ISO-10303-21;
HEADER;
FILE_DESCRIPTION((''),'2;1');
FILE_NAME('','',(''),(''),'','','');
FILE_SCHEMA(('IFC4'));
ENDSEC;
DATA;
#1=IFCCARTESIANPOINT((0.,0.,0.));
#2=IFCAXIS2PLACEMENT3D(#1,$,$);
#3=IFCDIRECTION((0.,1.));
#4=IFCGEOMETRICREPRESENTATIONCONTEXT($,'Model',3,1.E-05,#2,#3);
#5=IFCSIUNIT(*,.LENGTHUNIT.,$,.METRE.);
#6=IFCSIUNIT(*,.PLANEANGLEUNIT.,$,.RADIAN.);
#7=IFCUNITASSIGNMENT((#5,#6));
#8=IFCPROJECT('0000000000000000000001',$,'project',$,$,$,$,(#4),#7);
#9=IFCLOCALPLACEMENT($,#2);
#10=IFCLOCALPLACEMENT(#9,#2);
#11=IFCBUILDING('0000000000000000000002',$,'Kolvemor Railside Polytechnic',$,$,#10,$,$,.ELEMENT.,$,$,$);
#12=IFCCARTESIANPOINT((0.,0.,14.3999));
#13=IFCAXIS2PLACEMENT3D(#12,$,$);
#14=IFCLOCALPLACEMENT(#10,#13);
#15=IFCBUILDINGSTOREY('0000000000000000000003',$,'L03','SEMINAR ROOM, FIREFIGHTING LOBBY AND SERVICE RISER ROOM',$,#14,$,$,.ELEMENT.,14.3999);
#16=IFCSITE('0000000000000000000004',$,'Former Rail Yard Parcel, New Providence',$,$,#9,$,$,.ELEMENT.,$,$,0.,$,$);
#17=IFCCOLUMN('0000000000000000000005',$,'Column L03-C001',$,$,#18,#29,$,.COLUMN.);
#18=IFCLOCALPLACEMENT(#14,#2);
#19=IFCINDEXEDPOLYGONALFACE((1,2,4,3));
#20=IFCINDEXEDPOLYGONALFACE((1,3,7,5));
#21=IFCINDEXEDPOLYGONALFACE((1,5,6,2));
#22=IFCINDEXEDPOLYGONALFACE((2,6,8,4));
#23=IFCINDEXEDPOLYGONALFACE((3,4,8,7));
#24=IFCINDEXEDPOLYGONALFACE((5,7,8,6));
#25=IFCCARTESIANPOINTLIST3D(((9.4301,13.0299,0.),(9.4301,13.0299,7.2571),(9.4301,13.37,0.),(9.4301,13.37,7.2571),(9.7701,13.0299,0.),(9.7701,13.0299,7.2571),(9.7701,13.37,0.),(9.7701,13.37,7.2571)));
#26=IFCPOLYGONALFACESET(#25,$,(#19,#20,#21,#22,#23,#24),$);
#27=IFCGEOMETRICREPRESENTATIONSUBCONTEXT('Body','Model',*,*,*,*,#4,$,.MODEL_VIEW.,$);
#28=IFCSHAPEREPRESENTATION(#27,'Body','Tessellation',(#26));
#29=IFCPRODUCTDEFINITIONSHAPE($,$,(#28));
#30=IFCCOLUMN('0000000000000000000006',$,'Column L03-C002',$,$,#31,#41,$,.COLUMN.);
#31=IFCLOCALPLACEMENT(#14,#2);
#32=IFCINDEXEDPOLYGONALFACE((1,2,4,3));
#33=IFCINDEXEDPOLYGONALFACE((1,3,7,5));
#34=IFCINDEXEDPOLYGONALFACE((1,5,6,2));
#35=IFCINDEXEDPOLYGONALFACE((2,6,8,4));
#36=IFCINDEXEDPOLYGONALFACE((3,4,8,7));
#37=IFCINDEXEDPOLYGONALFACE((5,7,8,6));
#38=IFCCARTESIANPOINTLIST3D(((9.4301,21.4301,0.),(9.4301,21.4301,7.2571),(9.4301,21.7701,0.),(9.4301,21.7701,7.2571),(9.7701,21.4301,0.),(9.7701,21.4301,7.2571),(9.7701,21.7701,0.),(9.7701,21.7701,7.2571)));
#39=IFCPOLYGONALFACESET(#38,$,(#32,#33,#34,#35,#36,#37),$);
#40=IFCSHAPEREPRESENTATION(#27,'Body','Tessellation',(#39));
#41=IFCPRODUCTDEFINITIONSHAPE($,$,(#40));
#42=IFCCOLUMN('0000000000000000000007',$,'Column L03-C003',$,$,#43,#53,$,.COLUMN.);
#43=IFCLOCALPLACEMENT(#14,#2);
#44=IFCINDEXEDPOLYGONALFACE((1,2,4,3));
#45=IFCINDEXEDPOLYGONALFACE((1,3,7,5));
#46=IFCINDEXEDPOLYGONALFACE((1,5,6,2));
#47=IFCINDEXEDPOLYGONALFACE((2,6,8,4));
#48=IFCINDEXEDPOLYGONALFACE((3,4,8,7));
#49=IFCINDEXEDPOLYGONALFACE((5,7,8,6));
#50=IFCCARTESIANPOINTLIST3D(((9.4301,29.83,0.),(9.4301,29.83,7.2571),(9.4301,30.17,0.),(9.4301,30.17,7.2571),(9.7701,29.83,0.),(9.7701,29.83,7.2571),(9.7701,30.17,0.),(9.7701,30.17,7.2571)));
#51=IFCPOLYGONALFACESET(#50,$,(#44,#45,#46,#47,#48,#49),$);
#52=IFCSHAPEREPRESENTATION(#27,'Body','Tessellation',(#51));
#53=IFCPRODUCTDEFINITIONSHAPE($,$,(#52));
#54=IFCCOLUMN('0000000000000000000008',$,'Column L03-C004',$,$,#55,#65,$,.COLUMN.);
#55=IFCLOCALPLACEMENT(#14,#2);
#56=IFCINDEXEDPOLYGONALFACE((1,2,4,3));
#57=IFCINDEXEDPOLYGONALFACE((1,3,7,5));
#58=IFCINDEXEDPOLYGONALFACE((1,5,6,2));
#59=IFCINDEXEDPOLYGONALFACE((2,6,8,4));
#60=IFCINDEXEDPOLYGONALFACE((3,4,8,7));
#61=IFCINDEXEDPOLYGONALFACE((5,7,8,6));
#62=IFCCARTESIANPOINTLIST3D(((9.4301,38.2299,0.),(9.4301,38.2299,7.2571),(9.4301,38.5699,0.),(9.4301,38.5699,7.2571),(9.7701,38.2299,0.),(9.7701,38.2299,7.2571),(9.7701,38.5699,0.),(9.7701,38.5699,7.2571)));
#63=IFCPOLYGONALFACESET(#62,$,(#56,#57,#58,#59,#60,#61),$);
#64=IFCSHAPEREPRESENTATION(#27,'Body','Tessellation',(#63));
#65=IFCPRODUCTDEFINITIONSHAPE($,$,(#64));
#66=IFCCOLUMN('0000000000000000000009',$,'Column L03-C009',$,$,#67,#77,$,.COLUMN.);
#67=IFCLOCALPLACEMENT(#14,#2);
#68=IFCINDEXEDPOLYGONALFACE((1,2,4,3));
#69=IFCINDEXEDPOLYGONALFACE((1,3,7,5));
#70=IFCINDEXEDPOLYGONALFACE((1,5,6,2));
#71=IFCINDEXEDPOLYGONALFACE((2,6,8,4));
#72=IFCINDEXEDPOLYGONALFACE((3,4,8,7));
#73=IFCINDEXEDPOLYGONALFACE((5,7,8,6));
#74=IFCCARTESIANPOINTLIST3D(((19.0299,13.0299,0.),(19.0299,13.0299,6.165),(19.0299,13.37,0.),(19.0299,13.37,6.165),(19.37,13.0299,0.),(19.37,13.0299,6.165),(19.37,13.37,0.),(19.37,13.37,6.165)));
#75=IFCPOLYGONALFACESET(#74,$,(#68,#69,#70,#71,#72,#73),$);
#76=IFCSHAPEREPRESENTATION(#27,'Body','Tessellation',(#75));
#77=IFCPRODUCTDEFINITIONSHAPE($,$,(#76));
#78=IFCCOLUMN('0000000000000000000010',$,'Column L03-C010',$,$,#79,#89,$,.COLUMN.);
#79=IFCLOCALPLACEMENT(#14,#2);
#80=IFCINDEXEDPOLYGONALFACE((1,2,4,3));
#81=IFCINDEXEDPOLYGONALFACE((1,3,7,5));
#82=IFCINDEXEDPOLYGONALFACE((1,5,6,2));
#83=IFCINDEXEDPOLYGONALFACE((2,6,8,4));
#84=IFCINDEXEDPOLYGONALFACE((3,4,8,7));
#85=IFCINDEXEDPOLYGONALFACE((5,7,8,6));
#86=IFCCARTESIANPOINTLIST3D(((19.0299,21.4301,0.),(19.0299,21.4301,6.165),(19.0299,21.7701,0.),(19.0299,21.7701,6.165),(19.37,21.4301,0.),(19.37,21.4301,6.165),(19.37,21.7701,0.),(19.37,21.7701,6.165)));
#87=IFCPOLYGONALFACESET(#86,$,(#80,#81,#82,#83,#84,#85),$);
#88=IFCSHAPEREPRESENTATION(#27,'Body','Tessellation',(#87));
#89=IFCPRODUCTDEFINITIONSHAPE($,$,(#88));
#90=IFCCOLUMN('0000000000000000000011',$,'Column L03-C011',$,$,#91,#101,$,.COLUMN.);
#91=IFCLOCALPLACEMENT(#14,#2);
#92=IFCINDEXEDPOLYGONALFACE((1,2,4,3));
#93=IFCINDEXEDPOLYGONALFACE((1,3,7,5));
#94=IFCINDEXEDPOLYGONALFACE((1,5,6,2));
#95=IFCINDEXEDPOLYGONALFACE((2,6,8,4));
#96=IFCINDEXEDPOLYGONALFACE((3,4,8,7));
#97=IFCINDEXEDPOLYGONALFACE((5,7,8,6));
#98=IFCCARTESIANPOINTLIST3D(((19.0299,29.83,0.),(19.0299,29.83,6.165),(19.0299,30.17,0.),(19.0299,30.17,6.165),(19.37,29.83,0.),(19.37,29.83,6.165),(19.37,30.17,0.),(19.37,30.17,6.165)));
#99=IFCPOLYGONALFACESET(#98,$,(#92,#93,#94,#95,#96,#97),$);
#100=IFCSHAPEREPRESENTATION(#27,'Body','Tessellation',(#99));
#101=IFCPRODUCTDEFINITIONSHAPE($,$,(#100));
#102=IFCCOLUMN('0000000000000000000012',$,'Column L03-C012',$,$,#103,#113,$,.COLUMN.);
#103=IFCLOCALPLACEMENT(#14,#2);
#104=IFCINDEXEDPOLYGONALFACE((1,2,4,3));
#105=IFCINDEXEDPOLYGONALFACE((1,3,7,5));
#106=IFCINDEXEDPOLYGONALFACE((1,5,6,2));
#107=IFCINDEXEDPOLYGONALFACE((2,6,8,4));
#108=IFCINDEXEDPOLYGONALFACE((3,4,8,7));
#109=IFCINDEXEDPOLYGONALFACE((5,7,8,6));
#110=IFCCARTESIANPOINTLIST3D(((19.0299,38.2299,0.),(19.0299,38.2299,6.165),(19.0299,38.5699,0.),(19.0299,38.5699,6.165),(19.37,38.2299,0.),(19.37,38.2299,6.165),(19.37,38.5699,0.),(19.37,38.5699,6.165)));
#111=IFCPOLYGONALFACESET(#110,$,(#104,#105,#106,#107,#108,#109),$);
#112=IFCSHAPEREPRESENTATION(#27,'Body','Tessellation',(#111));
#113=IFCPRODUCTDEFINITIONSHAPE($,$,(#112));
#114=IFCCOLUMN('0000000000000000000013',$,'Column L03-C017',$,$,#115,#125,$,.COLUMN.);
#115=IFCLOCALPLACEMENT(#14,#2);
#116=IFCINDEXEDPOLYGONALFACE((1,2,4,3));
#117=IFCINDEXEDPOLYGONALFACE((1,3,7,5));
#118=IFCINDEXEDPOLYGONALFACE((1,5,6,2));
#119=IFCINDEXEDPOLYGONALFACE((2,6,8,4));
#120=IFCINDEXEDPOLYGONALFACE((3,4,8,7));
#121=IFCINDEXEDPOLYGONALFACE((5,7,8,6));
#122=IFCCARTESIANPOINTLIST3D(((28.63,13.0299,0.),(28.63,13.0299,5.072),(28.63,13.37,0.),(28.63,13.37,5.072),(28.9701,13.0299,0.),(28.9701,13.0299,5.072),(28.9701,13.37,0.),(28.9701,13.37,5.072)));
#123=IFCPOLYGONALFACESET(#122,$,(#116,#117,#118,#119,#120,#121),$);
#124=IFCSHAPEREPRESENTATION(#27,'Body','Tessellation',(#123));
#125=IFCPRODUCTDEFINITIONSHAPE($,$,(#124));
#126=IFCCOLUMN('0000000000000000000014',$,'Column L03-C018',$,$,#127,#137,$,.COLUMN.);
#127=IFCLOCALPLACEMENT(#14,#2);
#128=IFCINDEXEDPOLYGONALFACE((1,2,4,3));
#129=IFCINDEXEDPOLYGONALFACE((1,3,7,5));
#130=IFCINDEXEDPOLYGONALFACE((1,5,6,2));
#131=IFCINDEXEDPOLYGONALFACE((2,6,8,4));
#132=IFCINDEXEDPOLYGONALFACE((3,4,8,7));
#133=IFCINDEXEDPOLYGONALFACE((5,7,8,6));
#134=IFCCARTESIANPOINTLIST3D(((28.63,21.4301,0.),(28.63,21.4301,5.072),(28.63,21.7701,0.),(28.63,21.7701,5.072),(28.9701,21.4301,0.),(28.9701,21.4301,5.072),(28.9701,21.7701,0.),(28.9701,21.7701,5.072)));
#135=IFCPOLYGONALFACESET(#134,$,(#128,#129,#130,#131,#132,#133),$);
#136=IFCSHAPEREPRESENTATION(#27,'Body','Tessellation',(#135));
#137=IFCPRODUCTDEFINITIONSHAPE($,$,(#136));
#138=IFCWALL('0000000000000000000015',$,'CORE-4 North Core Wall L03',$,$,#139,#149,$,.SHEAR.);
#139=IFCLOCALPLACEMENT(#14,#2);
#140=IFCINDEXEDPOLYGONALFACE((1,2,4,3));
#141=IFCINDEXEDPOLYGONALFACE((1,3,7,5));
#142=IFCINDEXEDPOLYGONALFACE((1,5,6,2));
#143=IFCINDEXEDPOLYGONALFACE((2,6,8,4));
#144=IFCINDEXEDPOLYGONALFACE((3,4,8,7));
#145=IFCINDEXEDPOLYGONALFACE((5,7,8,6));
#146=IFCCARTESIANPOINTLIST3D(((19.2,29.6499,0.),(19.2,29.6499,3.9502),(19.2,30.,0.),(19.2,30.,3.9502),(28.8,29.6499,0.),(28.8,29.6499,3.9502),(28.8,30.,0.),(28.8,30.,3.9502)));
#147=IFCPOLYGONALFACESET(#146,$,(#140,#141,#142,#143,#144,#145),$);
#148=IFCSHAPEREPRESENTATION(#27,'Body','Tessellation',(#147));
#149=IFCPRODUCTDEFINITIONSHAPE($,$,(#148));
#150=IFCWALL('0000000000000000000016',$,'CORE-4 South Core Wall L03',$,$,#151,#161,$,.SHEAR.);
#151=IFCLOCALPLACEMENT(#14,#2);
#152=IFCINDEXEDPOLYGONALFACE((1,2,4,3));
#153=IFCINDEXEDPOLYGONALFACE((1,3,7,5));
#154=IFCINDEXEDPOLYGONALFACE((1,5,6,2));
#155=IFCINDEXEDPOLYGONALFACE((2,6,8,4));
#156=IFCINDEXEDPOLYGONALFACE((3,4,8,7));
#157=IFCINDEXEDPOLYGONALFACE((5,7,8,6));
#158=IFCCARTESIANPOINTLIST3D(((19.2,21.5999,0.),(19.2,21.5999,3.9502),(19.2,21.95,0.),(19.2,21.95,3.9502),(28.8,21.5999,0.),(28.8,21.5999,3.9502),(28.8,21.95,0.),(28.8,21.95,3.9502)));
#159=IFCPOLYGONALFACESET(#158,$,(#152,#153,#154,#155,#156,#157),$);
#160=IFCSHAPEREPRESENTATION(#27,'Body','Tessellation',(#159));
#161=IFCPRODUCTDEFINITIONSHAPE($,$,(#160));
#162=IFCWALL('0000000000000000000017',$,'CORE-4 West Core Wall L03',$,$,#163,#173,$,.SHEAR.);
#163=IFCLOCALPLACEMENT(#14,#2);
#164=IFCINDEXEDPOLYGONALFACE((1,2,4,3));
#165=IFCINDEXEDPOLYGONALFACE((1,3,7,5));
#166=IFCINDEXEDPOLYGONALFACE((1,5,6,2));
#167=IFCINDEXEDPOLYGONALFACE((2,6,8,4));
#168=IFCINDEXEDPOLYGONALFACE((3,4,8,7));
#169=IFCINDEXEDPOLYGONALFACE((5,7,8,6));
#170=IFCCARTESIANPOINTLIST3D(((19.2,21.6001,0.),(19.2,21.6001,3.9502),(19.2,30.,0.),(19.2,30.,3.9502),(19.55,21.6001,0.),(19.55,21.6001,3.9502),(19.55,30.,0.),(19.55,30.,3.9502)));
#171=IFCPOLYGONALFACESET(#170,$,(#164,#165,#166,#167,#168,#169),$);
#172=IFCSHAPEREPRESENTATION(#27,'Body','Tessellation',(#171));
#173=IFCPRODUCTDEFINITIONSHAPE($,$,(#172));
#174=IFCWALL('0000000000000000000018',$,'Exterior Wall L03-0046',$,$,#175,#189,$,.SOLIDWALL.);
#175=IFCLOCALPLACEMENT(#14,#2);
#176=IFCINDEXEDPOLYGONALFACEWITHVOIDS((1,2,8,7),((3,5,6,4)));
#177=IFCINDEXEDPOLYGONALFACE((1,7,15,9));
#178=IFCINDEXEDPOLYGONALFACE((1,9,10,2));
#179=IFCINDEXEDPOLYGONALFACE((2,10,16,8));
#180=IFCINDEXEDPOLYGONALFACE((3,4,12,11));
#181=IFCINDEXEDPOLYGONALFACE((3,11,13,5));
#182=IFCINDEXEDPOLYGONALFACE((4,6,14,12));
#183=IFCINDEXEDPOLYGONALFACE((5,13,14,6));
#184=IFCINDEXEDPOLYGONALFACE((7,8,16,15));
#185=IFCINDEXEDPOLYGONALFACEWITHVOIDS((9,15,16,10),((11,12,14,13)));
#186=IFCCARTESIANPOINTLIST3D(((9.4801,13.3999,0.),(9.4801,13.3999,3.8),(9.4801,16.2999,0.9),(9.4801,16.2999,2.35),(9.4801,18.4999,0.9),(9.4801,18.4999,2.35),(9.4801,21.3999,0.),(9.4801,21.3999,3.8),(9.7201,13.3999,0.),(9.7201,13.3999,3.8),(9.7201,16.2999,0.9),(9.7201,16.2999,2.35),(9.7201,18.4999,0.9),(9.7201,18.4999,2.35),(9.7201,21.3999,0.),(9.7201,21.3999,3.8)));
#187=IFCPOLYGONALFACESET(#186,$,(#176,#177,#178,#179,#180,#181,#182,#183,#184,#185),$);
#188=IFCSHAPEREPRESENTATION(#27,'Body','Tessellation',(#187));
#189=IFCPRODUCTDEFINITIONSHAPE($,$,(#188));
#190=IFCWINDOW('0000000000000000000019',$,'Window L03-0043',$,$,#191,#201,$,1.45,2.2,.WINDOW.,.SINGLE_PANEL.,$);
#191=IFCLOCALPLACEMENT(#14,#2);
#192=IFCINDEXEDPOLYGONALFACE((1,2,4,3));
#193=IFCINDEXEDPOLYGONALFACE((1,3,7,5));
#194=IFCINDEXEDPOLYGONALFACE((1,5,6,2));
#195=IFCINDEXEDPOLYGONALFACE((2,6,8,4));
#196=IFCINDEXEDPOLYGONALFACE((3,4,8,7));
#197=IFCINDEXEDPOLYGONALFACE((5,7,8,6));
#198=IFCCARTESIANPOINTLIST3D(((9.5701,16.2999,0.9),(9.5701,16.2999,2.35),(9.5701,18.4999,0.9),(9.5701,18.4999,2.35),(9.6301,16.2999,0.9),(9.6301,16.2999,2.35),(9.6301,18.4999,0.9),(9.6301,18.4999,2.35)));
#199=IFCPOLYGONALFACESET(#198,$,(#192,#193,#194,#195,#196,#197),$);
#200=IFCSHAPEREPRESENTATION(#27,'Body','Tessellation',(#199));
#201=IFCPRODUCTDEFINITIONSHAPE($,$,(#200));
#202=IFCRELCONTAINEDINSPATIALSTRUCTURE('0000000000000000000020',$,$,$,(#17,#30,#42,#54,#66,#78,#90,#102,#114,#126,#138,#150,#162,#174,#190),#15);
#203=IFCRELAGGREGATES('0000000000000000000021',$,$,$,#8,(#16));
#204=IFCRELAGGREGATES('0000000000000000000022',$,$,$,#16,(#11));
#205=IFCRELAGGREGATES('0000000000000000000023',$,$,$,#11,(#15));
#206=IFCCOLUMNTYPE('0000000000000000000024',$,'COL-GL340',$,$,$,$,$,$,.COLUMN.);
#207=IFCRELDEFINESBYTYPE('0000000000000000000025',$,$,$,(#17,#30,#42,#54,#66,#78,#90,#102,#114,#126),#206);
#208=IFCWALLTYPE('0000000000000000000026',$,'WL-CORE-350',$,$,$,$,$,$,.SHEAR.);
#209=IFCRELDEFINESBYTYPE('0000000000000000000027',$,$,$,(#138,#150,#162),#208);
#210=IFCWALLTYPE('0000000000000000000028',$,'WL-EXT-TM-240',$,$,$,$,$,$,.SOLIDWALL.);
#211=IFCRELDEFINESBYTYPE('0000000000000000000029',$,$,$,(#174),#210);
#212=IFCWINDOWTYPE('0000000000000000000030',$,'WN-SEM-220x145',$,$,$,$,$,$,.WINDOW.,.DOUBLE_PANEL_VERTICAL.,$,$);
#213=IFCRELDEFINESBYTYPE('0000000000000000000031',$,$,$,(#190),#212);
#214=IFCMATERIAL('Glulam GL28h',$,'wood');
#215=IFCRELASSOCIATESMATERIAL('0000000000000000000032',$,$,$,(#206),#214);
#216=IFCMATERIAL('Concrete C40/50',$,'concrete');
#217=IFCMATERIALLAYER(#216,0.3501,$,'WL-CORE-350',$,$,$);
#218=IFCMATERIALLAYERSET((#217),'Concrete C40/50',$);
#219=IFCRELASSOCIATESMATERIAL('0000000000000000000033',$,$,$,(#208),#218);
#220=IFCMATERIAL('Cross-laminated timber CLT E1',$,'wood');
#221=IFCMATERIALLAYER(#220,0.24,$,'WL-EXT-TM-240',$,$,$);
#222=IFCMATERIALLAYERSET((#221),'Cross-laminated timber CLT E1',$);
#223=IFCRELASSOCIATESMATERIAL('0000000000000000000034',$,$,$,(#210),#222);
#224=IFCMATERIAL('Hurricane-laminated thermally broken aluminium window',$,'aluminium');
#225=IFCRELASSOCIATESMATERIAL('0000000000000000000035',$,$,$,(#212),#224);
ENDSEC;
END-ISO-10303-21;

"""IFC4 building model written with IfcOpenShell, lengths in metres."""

from ifc_helpers import new_model, si_unit, direction, frame, frame_2d, origin, origin_2d, place, context, subcontext, project, spatial, rectangle, extrude, material, layer, layer_set, material_profile, profile_set, type_object, element, fill, save


model = new_model("IFC4")

# Units and contexts
model_context = context("Model", 3, precision=1e-05, world=origin(), true_north=direction((0.0, 1.0)))
body_context = subcontext(model_context, "Body", "Model", "MODEL_VIEW")
ifc_project = project(units=[si_unit("LENGTHUNIT", "METRE"), si_unit("PLANEANGLEUNIT", "RADIAN")], contexts=[model_context])

# Site, building, storey
site_placement = place(None, origin())
site = spatial("IfcSite", under=ifc_project, at=site_placement, Name="Former Rail Yard Parcel, New Providence", CompositionType="ELEMENT", RefElevation=0.0)
building_placement = place(site_placement, origin())
building = spatial("IfcBuilding", under=site, at=building_placement, Name="Kolvemor Railside Polytechnic", CompositionType="ELEMENT")
storey_placement = place(building_placement, frame((0.0, 0.0, 14.3999)))
storey = spatial("IfcBuildingStorey", under=building, at=storey_placement, Name="L03", Description="SEMINAR ROOM, FIREFIGHTING LOBBY AND SERVICE RISER ROOM", CompositionType="ELEMENT", Elevation=14.3999)

# Columns
ifc_material_1 = material(Name="Glulam GL28h", Category="wood")
ifc_material_profile = material_profile(ifc_material_1, rectangle(XDim=0.3401, YDim=0.3401, at=origin_2d()), Name="GL340x340")
ifc_profile_set = profile_set([ifc_material_profile], Name="Glulam GL28h")
column_type = type_object("IfcColumnType", Name="COL-GL340", PredefinedType="COLUMN", material=ifc_profile_set)
for number, where, z_axis, x_axis, name in (
    (1, (9.6001, 13.2, 0.0), (0.0, 0.0, 1.0), (1.0, 0.0, 0.0), "Column L03-C001"),
    (2, (9.6001, 21.6001, 0.0), (0.0, 0.0, 1.0), (1.0, 0.0, 0.0), "Column L03-C002"),
    (3, (9.6001, 30.0, 0.0), (0.0, 0.0, 1.0), (1.0, 0.0, 0.0), "Column L03-C003"),
    (4, (9.6001, 38.3999, 0.0), (0.0, 0.0, 1.0), (1.0, 0.0, 0.0), "Column L03-C004"),
):
    element("IfcColumn", number, at=place(storey_placement, frame(where, z_axis=z_axis, x_axis=x_axis)), inside=storey, type_object=column_type, Name=name, PredefinedType="COLUMN", context=body_context, shape_type="SweptSolid", body=[
        extrude(rectangle(XDim=0.3401, YDim=0.3401, at=origin_2d()), origin(), (0.0, 0.0, 1.0), 7.2571),
    ])
for number, where, z_axis, x_axis, name in (
    (5, (19.2, 13.2, 0.0), (0.0, 0.0, 1.0), (1.0, 0.0, 0.0), "Column L03-C009"),
    (6, (19.2, 21.6001, 0.0), (0.0, 0.0, 1.0), (1.0, 0.0, 0.0), "Column L03-C010"),
    (7, (19.2, 30.0, 0.0), (0.0, 0.0, 1.0), (1.0, 0.0, 0.0), "Column L03-C011"),
    (8, (19.2, 38.3999, 0.0), (0.0, 0.0, 1.0), (1.0, 0.0, 0.0), "Column L03-C012"),
):
    element("IfcColumn", number, at=place(storey_placement, frame(where, z_axis=z_axis, x_axis=x_axis)), inside=storey, type_object=column_type, Name=name, PredefinedType="COLUMN", context=body_context, shape_type="SweptSolid", body=[
        extrude(rectangle(XDim=0.3401, YDim=0.3401, at=origin_2d()), origin(), (0.0, 0.0, 1.0), 6.165),
    ])
for number, where, z_axis, x_axis, name in (
    (9, (28.8, 13.2, 0.0), (0.0, 0.0, 1.0), (1.0, 0.0, 0.0), "Column L03-C017"),
    (10, (28.8, 21.6001, 0.0), (0.0, 0.0, 1.0), (1.0, 0.0, 0.0), "Column L03-C018"),
):
    element("IfcColumn", number, at=place(storey_placement, frame(where, z_axis=z_axis, x_axis=x_axis)), inside=storey, type_object=column_type, Name=name, PredefinedType="COLUMN", context=body_context, shape_type="SweptSolid", body=[
        extrude(rectangle(XDim=0.3401, YDim=0.3401, at=origin_2d()), origin(), (0.0, 0.0, 1.0), 5.072),
    ])

# Walls
ifc_material_2 = material(Name="Concrete C40/50", Category="concrete")
ifc_layer_1 = layer(ifc_material_2, 0.3501, Name="WL-CORE-350")
ifc_layer_set_1 = layer_set([ifc_layer_1], Name="Concrete C40/50")
wall_type_1 = type_object("IfcWallType", Name="WL-CORE-350", PredefinedType="SHEAR", material=ifc_layer_set_1)
for number, where, z_axis, x_axis, name in (
    (11, (19.2, 29.825, 0.0), (0.0, 0.0, 1.0), (1.0, 0.0, 0.0), "CORE-4 North Core Wall L03"),
    (12, (19.2, 21.7749, 0.0), (0.0, 0.0, 1.0), (1.0, 0.0, 0.0), "CORE-4 South Core Wall L03"),
):
    element("IfcWall", number, at=place(storey_placement, frame(where, z_axis=z_axis, x_axis=x_axis)), inside=storey, type_object=wall_type_1, Name=name, PredefinedType="SHEAR", context=body_context, shape_type="SweptSolid", body=[
        extrude(rectangle(XDim=9.6001, YDim=0.3501, at=frame_2d((4.8, 0.0))), origin(), (0.0, 0.0, 1.0), 3.9502),
    ])
wall_1_placement = place(storey_placement, frame((19.375, 21.6001, 0.0), z_axis=(0.0, 0.0, 1.0), x_axis=(0.0, 1.0, 0.0)))
element("IfcWall", 13, at=wall_1_placement, inside=storey, type_object=wall_type_1, Name="CORE-4 West Core Wall L03", PredefinedType="SHEAR", context=body_context, shape_type="SweptSolid", body=[
    extrude(rectangle(XDim=8.3999, YDim=0.3501, at=frame_2d((4.2, 0.0))), origin(), (0.0, 0.0, 1.0), 3.9502),
])

# Wall, opening, window
ifc_material_3 = material(Name="Cross-laminated timber CLT E1", Category="wood")
ifc_layer_2 = layer(ifc_material_3, 0.24, Name="WL-EXT-TM-240")
ifc_layer_set_2 = layer_set([ifc_layer_2], Name="Cross-laminated timber CLT E1")
wall_type_2 = type_object("IfcWallType", Name="WL-EXT-TM-240", PredefinedType="SOLIDWALL", material=ifc_layer_set_2)
wall_2_placement = place(storey_placement, frame((9.6001, 21.3999, 0.0), z_axis=(0.0, 0.0, 1.0), x_axis=(0.0, -1.0, 0.0)))
wall_2 = element("IfcWall", 14, at=wall_2_placement, inside=storey, type_object=wall_type_2, Name="Exterior Wall L03-0046", PredefinedType="SOLIDWALL", context=body_context, shape_type="SweptSolid", body=[
    extrude(rectangle(XDim=8.0, YDim=0.24, at=frame_2d((4.0, 0.0))), origin(), (0.0, 0.0, 1.0), 3.8),
])
opening_1_placement = place(wall_2_placement, frame((2.8999, 0.0, 0.8999)))
opening_1 = element("IfcOpeningElement", 15, at=opening_1_placement, cuts=wall_2, PredefinedType="OPENING", context=body_context, shape_type="SweptSolid", body=[
    extrude(rectangle(XDim=2.2, YDim=1.45, at=frame_2d((1.1001, 0.7251))), frame((0.0, 0.1299, 0.0), z_axis=(0.0, -1.0, 0.0), x_axis=(1.0, 0.0, 0.0)), (0.0, 0.0, 1.0), 0.26),
])
ifc_material_4 = material(Name="Hurricane-laminated thermally broken aluminium window", Category="aluminium")
window_type = type_object("IfcWindowType", Name="WN-SEM-220x145", PartitioningType="DOUBLE_PANEL_VERTICAL", PredefinedType="WINDOW", material=ifc_material_4)
window_1_placement = place(opening_1_placement, origin())
window_1 = element("IfcWindow", 16, at=window_1_placement, inside=storey, type_object=window_type, Name="Window L03-0043", OverallHeight=1.45, OverallWidth=2.2, PartitioningType="SINGLE_PANEL", PredefinedType="WINDOW", context=body_context, shape_type="SweptSolid", body=[
    extrude(rectangle(XDim=2.2, YDim=1.45, at=frame_2d((1.1001, 0.7251))), frame((0.0, 0.03, 0.0), z_axis=(0.0, -1.0, 0.0), x_axis=(1.0, 0.0, 0.0)), (0.0, 0.0, 1.0), 0.0601),
])
fill(opening_1, window_1)

save(model, "model.ifc")
